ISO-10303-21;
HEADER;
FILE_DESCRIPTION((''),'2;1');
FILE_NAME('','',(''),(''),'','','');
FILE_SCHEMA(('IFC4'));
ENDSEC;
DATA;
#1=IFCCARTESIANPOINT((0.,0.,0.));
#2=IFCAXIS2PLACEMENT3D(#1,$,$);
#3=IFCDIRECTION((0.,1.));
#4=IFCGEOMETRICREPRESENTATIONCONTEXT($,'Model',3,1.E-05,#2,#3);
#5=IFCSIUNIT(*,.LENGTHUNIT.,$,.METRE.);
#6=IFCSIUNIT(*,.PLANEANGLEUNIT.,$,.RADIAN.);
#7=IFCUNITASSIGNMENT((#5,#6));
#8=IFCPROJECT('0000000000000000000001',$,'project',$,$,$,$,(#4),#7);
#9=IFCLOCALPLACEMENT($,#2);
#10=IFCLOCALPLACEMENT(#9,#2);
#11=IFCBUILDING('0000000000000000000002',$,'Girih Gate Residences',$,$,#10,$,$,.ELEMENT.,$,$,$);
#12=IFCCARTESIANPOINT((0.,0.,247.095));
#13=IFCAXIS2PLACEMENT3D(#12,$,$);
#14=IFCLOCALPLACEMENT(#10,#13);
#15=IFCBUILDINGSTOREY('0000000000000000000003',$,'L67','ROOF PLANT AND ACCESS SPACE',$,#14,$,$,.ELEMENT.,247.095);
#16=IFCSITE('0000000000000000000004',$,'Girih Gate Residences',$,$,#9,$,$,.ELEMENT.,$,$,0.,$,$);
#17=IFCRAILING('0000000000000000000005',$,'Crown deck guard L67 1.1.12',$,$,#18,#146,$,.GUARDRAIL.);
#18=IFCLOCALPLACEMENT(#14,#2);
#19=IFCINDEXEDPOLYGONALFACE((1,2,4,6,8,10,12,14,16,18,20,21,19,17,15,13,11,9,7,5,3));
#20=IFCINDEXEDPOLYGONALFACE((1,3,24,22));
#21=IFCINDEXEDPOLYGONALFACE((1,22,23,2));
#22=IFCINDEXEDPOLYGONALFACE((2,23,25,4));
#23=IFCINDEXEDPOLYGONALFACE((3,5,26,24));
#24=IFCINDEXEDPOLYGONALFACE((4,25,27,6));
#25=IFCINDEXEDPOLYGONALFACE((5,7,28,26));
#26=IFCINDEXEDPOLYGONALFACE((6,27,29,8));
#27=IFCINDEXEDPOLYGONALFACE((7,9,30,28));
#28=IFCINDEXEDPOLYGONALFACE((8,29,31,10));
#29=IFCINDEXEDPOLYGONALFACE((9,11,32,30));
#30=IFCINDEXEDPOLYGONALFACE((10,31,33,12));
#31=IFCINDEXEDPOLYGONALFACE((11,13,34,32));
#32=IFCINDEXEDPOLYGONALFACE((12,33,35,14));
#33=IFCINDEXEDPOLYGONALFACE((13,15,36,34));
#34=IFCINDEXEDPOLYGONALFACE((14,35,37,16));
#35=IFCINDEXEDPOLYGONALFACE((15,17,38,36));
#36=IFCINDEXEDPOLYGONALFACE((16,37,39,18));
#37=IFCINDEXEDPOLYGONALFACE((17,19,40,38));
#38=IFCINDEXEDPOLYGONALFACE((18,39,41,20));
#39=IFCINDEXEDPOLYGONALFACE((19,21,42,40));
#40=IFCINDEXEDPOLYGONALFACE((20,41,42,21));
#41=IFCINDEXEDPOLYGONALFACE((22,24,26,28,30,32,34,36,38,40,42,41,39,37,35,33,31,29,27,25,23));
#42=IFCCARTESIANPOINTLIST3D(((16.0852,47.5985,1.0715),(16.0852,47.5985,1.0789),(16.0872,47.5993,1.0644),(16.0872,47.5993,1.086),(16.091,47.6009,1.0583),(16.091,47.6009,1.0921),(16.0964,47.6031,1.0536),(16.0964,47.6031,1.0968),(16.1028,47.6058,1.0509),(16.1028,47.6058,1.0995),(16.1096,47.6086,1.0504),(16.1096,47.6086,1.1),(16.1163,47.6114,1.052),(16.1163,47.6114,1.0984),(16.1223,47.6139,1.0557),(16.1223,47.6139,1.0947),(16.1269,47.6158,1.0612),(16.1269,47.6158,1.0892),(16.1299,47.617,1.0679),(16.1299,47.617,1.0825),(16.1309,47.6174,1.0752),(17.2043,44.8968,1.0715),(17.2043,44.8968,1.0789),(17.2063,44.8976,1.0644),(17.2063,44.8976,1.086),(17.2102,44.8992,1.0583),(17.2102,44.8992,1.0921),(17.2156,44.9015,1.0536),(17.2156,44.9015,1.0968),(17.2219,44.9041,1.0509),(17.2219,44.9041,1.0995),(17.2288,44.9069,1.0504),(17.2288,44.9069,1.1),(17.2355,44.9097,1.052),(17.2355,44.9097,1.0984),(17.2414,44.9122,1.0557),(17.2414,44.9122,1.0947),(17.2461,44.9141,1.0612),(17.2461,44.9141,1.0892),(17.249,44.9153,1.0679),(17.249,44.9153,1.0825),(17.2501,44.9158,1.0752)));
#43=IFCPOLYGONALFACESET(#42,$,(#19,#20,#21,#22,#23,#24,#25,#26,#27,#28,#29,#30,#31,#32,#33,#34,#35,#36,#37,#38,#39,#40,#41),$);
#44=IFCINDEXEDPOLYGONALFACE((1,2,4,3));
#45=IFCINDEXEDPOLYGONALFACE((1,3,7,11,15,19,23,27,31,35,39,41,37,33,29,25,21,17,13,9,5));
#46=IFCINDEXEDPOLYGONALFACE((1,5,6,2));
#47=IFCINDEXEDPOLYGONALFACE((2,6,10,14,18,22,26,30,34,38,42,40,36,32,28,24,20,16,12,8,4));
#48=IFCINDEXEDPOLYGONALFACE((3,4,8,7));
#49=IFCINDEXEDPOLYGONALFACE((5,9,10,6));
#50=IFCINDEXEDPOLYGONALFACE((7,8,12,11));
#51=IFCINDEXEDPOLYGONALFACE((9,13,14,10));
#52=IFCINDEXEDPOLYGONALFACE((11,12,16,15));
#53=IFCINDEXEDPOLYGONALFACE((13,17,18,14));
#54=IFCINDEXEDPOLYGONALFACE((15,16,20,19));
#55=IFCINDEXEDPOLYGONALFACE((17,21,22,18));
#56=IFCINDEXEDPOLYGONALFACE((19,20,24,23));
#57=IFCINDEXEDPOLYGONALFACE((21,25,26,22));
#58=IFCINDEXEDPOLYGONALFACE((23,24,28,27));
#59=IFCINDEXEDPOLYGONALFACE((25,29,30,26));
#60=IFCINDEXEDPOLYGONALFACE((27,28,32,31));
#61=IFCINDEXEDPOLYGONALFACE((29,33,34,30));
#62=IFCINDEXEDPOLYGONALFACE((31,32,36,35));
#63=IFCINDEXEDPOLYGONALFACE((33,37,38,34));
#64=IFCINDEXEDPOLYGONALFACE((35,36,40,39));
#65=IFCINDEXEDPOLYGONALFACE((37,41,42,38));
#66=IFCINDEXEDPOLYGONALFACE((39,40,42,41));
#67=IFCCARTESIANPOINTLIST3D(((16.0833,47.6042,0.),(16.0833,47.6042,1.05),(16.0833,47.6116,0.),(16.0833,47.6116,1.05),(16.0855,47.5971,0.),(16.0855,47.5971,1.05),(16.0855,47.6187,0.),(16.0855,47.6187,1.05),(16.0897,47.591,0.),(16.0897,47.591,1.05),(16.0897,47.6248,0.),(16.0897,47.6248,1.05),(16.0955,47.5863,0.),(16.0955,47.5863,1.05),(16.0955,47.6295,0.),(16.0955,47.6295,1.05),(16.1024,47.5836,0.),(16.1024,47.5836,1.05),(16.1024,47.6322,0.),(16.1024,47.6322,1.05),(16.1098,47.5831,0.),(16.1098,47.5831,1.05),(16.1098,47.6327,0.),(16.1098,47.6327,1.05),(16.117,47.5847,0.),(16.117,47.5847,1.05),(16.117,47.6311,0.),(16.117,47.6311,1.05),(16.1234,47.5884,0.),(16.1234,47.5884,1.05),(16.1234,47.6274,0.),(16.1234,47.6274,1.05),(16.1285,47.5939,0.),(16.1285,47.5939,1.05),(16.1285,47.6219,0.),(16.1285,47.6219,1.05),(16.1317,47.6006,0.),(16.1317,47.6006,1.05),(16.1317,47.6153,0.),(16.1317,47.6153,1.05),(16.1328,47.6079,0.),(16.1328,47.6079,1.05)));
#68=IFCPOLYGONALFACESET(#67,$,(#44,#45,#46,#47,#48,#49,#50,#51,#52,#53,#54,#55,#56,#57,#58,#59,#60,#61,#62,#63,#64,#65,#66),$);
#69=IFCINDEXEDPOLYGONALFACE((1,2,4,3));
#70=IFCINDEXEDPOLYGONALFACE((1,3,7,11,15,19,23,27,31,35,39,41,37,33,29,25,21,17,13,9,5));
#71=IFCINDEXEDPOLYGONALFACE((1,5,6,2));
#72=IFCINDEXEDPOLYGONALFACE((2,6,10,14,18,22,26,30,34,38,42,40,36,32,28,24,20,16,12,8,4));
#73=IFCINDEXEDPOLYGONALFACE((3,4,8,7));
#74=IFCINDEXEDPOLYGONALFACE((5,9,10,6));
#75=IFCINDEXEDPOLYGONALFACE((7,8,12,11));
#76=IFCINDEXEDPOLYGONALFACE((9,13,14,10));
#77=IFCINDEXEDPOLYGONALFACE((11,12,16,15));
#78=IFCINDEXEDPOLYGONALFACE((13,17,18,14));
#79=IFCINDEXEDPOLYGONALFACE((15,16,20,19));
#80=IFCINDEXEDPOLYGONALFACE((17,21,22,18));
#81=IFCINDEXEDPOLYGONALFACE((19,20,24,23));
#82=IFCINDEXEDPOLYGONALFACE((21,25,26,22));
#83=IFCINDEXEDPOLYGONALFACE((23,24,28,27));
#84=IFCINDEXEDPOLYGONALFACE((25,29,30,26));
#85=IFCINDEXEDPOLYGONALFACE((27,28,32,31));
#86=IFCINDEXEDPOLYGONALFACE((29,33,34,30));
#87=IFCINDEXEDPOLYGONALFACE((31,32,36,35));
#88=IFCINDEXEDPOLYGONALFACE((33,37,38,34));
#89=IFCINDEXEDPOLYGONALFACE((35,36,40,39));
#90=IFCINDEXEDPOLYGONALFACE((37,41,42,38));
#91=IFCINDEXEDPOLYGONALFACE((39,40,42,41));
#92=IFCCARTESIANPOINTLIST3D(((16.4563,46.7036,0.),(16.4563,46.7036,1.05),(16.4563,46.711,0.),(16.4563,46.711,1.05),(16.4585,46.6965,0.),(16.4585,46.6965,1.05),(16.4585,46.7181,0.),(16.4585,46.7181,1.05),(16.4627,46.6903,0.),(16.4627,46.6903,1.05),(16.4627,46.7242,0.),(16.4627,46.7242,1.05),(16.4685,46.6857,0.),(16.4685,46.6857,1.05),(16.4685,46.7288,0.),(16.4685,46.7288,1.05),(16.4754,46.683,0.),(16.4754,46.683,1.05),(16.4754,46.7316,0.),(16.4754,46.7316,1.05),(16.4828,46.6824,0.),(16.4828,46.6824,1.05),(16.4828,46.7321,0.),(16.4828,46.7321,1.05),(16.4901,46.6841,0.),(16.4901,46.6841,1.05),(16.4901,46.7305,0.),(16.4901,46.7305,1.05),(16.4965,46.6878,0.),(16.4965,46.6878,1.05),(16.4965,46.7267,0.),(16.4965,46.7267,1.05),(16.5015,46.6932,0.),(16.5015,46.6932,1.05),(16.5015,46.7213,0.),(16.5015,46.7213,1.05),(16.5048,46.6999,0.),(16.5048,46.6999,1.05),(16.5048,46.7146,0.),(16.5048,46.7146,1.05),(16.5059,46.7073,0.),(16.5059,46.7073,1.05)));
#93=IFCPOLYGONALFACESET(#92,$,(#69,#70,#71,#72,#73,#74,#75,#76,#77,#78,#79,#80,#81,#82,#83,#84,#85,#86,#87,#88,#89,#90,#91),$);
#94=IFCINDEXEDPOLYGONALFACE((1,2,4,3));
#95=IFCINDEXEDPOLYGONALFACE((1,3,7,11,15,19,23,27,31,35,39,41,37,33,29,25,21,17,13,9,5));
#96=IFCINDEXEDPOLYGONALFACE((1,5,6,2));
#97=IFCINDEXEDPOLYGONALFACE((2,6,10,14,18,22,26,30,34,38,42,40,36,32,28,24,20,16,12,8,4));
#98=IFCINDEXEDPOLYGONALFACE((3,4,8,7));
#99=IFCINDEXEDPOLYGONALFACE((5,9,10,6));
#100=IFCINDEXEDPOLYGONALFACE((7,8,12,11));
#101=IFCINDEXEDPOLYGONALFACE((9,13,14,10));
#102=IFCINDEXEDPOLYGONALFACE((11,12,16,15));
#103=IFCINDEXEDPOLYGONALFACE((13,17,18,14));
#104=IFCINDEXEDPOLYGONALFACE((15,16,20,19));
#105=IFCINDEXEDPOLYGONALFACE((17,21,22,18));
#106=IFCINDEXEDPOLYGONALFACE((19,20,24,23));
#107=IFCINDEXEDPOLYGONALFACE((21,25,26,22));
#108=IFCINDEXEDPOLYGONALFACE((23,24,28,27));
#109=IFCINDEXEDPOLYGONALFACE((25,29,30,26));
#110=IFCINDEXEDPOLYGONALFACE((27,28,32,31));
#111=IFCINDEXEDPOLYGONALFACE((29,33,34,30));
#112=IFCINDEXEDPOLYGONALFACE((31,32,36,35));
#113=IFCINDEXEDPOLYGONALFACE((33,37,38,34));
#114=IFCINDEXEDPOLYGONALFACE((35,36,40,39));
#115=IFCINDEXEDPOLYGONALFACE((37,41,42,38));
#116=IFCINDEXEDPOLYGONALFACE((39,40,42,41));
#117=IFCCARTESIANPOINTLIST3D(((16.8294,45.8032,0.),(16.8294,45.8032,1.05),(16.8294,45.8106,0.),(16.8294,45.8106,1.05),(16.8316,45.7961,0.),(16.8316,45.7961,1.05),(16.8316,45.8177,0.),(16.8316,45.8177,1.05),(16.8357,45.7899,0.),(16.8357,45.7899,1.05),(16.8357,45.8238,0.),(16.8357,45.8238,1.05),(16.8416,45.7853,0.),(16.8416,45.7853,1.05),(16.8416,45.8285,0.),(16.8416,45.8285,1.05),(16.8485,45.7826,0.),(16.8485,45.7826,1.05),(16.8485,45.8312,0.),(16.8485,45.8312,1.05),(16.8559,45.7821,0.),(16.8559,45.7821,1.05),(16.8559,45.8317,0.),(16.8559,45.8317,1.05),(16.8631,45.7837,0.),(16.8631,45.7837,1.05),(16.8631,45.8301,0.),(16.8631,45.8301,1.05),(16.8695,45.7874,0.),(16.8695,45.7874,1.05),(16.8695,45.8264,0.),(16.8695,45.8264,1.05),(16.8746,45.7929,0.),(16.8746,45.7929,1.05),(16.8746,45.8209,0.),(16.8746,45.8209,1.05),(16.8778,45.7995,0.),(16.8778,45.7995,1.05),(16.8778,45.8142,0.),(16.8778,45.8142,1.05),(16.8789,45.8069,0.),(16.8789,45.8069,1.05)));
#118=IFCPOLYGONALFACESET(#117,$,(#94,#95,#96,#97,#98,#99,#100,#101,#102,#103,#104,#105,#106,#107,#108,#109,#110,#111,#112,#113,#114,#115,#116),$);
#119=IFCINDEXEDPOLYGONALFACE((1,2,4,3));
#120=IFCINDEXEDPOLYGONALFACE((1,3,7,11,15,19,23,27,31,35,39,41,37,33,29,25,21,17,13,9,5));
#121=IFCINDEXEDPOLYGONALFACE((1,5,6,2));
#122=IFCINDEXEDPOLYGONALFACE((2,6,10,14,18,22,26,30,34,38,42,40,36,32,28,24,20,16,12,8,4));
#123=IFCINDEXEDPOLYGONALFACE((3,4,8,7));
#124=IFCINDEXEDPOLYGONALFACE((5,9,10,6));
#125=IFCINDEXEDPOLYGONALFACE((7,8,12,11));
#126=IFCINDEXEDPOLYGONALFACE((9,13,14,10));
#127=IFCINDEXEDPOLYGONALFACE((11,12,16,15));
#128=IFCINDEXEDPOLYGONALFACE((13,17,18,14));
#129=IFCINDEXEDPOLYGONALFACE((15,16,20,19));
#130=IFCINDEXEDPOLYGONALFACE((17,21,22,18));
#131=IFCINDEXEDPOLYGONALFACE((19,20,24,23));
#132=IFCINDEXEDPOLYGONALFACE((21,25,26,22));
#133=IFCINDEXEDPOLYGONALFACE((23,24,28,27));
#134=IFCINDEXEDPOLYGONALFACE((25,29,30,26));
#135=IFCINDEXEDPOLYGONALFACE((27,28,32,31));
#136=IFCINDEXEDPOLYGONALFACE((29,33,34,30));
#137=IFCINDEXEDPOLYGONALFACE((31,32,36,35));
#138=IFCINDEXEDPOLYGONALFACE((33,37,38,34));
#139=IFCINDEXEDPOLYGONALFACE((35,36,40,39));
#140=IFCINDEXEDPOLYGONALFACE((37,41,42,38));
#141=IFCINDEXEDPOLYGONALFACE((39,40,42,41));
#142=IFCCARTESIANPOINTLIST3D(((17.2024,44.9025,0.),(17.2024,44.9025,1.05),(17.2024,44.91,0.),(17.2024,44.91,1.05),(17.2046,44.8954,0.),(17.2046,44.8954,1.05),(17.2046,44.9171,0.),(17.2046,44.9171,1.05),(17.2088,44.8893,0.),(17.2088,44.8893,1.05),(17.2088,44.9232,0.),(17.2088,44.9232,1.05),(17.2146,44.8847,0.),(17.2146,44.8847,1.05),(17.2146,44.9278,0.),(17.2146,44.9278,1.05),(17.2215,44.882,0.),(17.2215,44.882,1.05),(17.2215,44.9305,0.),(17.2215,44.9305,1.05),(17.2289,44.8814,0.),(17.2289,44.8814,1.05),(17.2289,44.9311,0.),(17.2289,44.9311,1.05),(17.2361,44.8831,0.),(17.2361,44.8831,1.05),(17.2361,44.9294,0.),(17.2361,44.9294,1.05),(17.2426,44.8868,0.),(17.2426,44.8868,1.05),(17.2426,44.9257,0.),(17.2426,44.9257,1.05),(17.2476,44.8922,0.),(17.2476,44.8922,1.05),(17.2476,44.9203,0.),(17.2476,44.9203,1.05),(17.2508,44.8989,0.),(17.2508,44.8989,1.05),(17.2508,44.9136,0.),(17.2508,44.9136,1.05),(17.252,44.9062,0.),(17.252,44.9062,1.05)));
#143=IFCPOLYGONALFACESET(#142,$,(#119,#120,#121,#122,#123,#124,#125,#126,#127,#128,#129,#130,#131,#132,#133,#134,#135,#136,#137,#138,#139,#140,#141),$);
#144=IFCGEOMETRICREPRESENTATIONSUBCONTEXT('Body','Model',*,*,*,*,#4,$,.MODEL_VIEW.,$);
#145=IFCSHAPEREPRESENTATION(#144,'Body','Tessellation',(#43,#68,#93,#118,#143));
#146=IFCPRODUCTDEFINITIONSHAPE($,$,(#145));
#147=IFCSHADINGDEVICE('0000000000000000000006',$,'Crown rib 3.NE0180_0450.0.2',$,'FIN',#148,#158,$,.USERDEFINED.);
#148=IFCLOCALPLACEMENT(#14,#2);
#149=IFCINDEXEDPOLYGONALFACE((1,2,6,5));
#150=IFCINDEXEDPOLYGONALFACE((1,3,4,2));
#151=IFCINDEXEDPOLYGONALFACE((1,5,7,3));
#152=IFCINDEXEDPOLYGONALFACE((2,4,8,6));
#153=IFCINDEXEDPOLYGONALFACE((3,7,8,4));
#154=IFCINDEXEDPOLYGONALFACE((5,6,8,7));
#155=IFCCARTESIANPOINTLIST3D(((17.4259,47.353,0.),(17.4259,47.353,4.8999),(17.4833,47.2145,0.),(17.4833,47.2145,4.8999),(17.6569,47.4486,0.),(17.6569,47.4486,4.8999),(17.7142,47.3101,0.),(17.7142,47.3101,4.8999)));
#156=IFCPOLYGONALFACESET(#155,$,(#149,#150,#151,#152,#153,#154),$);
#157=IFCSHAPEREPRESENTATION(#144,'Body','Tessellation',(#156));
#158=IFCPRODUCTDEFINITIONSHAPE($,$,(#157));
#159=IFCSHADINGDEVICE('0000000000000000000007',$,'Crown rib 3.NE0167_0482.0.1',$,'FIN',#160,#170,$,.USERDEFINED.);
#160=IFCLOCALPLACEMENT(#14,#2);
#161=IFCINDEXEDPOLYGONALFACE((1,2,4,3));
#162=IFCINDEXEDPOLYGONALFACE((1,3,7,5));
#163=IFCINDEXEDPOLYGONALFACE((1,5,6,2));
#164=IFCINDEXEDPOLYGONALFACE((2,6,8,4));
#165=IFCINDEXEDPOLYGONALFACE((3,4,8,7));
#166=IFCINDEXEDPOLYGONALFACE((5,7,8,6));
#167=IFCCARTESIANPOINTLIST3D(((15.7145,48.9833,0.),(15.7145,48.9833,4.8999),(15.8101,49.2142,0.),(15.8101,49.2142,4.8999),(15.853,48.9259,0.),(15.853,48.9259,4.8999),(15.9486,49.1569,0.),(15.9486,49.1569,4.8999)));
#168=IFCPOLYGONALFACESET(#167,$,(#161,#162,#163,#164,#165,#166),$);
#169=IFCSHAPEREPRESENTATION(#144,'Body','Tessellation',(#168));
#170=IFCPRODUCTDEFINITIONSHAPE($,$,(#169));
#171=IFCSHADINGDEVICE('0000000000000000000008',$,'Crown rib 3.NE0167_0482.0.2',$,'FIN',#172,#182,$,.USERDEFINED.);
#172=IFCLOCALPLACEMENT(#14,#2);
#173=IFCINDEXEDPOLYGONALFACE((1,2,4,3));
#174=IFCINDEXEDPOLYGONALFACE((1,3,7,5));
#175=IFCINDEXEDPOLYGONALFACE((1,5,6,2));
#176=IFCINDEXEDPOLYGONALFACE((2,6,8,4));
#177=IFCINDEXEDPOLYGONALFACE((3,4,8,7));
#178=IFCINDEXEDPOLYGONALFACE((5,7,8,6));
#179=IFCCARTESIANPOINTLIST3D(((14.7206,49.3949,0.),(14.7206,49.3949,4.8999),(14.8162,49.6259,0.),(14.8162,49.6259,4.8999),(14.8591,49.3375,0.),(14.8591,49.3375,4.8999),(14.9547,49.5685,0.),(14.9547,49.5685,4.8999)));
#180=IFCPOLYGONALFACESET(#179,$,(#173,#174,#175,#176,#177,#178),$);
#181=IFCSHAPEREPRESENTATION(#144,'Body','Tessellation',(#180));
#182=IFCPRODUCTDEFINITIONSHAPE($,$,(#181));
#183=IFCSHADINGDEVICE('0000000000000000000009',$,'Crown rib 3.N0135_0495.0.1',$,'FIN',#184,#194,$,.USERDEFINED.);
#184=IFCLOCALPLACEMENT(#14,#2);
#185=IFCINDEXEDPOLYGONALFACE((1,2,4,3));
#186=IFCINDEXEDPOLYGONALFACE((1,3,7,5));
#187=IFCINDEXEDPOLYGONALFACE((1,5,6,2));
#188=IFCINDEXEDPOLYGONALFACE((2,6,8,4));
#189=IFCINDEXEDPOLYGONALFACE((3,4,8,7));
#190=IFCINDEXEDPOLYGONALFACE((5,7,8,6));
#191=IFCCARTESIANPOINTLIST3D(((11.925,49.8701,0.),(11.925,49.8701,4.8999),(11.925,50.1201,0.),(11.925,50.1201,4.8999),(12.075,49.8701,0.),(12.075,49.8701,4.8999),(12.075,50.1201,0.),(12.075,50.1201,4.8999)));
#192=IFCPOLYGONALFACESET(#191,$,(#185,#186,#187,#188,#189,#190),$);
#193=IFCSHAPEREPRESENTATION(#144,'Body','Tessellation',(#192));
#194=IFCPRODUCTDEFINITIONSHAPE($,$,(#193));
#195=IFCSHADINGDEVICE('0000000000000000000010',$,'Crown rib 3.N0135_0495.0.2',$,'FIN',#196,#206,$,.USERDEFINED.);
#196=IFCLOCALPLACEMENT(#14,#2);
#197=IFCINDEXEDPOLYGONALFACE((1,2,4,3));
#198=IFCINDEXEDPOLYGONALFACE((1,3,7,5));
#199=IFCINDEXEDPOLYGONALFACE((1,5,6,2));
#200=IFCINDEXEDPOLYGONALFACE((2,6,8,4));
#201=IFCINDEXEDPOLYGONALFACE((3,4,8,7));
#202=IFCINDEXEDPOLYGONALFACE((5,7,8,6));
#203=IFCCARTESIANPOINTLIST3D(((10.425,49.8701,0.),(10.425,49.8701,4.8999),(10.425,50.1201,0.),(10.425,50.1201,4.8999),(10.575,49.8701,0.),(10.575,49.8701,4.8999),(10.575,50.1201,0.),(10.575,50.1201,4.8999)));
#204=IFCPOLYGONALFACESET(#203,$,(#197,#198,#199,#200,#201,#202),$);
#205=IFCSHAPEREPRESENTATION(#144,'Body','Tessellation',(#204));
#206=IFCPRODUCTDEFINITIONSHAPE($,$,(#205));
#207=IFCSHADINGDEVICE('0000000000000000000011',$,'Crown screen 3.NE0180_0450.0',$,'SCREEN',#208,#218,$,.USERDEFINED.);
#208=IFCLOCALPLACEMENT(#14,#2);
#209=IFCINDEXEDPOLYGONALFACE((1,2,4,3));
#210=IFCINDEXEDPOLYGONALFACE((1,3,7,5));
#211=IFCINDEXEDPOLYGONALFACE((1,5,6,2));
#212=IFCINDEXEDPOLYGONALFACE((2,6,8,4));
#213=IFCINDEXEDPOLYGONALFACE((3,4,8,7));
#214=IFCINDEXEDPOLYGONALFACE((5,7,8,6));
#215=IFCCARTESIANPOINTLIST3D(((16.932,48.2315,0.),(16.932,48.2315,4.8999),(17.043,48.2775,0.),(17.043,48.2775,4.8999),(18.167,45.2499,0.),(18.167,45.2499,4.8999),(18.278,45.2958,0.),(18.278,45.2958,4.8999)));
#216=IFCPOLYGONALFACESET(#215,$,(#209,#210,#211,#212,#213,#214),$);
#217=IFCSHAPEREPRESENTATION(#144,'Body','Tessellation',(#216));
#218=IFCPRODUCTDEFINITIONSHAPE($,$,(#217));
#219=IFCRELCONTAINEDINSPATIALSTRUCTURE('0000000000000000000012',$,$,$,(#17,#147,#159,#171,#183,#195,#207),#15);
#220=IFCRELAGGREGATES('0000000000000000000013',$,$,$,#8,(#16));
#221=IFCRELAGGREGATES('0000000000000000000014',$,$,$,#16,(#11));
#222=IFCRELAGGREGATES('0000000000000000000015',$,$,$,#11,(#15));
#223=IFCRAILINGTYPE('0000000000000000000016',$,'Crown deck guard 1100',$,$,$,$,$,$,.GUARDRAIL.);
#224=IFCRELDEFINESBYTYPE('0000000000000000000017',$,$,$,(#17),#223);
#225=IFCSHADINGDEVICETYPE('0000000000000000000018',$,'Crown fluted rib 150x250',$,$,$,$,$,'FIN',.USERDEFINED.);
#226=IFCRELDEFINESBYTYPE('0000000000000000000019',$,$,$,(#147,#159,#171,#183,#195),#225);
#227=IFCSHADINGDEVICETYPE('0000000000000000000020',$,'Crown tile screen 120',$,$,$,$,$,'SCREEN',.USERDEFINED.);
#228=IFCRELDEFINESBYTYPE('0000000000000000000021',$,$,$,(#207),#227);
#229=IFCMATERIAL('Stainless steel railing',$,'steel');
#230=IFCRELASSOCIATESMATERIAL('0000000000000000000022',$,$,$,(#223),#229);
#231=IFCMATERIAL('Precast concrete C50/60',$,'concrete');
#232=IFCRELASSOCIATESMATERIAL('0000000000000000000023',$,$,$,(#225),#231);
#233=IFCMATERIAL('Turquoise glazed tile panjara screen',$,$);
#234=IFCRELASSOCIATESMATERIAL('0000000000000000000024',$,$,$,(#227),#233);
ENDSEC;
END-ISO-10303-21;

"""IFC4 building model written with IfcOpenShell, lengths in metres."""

from ifc_helpers import new_model, si_unit, direction, frame, origin, origin_2d, place, context, subcontext, project, spatial, rectangle, circle, extrude, material, type_object, element, save


model = new_model("IFC4")

# Units and contexts
model_context = context("Model", 3, precision=1e-05, world=origin(), true_north=direction((0.0, 1.0)))
body_context = subcontext(model_context, "Body", "Model", "MODEL_VIEW")
ifc_project = project(units=[si_unit("LENGTHUNIT", "METRE"), si_unit("PLANEANGLEUNIT", "RADIAN")], contexts=[model_context])

# Site, building, storey
site_placement = place(None, origin())
site = spatial("IfcSite", under=ifc_project, at=site_placement, Name="Girih Gate Residences", CompositionType="ELEMENT", RefElevation=0.0)
building_placement = place(site_placement, origin())
building = spatial("IfcBuilding", under=site, at=building_placement, Name="Girih Gate Residences", CompositionType="ELEMENT")
storey_placement = place(building_placement, frame((0.0, 0.0, 247.095)))
storey = spatial("IfcBuildingStorey", under=building, at=storey_placement, Name="L67", Description="ROOF PLANT AND ACCESS SPACE", CompositionType="ELEMENT", Elevation=247.095)

# Railing
ifc_material_1 = material(Name="Stainless steel railing", Category="steel")
railing_type = type_object("IfcRailingType", Name="Crown deck guard 1100", PredefinedType="GUARDRAIL", material=ifc_material_1)
railing_1_placement = place(storey_placement, frame((16.1079, 47.6079, 0.0)))
element("IfcRailing", 1, at=railing_1_placement, inside=storey, type_object=railing_type, Name="Crown deck guard L67 1.1.12", PredefinedType="GUARDRAIL", context=body_context, shape_type="SweptSolid", body=[
    extrude(circle(Radius=0.0249, at=origin_2d()), frame((0.0, 0.0, 1.0752), z_axis=(0.382706, -0.92387, 0.0), x_axis=(0.92387, 0.382706, 0.0)), (0.0, 0.0, 1.0), 2.9243),
    extrude(circle(Radius=0.0249, at=origin_2d()), origin(), (0.0, 0.0, 1.0), 1.05),
    extrude(circle(Radius=0.0249, at=origin_2d()), frame((0.373, -0.9006, 0.0)), (0.0, 0.0, 1.0), 1.05),
    extrude(circle(Radius=0.0249, at=origin_2d()), frame((0.7461, -1.801, 0.0)), (0.0, 0.0, 1.0), 1.05),
    extrude(circle(Radius=0.0249, at=origin_2d()), frame((1.1191, -2.7017, 0.0)), (0.0, 0.0, 1.0), 1.05),
])

# Shading devices
ifc_material_2 = material(Name="Precast concrete C50/60", Category="concrete")
shading_device_type_1 = type_object("IfcShadingDeviceType", Name="Crown fluted rib 150x250", ElementType="FIN", PredefinedType="USERDEFINED", material=ifc_material_2)
for number, where, z_axis, x_axis, name in (
    (2, (17.5701, 47.3315, 0.0), (0.0, 0.0, 1.0), (-0.382683, 0.92388, 0.0), "Crown rib 3.NE0180_0450.0.2"),
    (3, (15.8315, 49.0701, 0.0), (0.0, 0.0, 1.0), (-0.92388, 0.382683, 0.0), "Crown rib 3.NE0167_0482.0.1"),
    (4, (14.8376, 49.4817, 0.0), (0.0, 0.0, 1.0), (-0.92388, 0.382683, 0.0), "Crown rib 3.NE0167_0482.0.2"),
    (5, (12.0, 49.9951, 0.0), (0.0, 0.0, 1.0), (-1.0, 0.0, 0.0), "Crown rib 3.N0135_0495.0.1"),
    (6, (10.5, 49.9951, 0.0), (0.0, 0.0, 1.0), (-1.0, 0.0, 0.0), "Crown rib 3.N0135_0495.0.2"),
):
    element("IfcShadingDevice", number, at=place(storey_placement, frame(where, z_axis=z_axis, x_axis=x_axis)), inside=storey, type_object=shading_device_type_1, Name=name, ObjectType="FIN", PredefinedType="USERDEFINED", context=body_context, shape_type="SweptSolid", body=[
        extrude(rectangle(XDim=0.1499, YDim=0.25, at=origin_2d()), origin(), (0.0, 0.0, 1.0), 4.8999),
    ])
ifc_material_3 = material(Name="Turquoise glazed tile panjara screen")
shading_device_type_2 = type_object("IfcShadingDeviceType", Name="Crown tile screen 120", ElementType="SCREEN", PredefinedType="USERDEFINED", material=ifc_material_3)
for number, where, z_axis, x_axis, name in (
    (7, (17.605, 46.7637, 0.0), (0.0, 0.0, 1.0), (-0.382683, 0.92388, 0.0), "Crown screen 3.NE0180_0450.0"),
):
    element("IfcShadingDevice", number, at=place(storey_placement, frame(where, z_axis=z_axis, x_axis=x_axis)), inside=storey, type_object=shading_device_type_2, Name=name, ObjectType="SCREEN", PredefinedType="USERDEFINED", context=body_context, shape_type="SweptSolid", body=[
        extrude(rectangle(XDim=3.2273, YDim=0.1201, at=origin_2d()), origin(), (0.0, 0.0, 1.0), 4.8999),
    ])

save(model, "model.ifc")
